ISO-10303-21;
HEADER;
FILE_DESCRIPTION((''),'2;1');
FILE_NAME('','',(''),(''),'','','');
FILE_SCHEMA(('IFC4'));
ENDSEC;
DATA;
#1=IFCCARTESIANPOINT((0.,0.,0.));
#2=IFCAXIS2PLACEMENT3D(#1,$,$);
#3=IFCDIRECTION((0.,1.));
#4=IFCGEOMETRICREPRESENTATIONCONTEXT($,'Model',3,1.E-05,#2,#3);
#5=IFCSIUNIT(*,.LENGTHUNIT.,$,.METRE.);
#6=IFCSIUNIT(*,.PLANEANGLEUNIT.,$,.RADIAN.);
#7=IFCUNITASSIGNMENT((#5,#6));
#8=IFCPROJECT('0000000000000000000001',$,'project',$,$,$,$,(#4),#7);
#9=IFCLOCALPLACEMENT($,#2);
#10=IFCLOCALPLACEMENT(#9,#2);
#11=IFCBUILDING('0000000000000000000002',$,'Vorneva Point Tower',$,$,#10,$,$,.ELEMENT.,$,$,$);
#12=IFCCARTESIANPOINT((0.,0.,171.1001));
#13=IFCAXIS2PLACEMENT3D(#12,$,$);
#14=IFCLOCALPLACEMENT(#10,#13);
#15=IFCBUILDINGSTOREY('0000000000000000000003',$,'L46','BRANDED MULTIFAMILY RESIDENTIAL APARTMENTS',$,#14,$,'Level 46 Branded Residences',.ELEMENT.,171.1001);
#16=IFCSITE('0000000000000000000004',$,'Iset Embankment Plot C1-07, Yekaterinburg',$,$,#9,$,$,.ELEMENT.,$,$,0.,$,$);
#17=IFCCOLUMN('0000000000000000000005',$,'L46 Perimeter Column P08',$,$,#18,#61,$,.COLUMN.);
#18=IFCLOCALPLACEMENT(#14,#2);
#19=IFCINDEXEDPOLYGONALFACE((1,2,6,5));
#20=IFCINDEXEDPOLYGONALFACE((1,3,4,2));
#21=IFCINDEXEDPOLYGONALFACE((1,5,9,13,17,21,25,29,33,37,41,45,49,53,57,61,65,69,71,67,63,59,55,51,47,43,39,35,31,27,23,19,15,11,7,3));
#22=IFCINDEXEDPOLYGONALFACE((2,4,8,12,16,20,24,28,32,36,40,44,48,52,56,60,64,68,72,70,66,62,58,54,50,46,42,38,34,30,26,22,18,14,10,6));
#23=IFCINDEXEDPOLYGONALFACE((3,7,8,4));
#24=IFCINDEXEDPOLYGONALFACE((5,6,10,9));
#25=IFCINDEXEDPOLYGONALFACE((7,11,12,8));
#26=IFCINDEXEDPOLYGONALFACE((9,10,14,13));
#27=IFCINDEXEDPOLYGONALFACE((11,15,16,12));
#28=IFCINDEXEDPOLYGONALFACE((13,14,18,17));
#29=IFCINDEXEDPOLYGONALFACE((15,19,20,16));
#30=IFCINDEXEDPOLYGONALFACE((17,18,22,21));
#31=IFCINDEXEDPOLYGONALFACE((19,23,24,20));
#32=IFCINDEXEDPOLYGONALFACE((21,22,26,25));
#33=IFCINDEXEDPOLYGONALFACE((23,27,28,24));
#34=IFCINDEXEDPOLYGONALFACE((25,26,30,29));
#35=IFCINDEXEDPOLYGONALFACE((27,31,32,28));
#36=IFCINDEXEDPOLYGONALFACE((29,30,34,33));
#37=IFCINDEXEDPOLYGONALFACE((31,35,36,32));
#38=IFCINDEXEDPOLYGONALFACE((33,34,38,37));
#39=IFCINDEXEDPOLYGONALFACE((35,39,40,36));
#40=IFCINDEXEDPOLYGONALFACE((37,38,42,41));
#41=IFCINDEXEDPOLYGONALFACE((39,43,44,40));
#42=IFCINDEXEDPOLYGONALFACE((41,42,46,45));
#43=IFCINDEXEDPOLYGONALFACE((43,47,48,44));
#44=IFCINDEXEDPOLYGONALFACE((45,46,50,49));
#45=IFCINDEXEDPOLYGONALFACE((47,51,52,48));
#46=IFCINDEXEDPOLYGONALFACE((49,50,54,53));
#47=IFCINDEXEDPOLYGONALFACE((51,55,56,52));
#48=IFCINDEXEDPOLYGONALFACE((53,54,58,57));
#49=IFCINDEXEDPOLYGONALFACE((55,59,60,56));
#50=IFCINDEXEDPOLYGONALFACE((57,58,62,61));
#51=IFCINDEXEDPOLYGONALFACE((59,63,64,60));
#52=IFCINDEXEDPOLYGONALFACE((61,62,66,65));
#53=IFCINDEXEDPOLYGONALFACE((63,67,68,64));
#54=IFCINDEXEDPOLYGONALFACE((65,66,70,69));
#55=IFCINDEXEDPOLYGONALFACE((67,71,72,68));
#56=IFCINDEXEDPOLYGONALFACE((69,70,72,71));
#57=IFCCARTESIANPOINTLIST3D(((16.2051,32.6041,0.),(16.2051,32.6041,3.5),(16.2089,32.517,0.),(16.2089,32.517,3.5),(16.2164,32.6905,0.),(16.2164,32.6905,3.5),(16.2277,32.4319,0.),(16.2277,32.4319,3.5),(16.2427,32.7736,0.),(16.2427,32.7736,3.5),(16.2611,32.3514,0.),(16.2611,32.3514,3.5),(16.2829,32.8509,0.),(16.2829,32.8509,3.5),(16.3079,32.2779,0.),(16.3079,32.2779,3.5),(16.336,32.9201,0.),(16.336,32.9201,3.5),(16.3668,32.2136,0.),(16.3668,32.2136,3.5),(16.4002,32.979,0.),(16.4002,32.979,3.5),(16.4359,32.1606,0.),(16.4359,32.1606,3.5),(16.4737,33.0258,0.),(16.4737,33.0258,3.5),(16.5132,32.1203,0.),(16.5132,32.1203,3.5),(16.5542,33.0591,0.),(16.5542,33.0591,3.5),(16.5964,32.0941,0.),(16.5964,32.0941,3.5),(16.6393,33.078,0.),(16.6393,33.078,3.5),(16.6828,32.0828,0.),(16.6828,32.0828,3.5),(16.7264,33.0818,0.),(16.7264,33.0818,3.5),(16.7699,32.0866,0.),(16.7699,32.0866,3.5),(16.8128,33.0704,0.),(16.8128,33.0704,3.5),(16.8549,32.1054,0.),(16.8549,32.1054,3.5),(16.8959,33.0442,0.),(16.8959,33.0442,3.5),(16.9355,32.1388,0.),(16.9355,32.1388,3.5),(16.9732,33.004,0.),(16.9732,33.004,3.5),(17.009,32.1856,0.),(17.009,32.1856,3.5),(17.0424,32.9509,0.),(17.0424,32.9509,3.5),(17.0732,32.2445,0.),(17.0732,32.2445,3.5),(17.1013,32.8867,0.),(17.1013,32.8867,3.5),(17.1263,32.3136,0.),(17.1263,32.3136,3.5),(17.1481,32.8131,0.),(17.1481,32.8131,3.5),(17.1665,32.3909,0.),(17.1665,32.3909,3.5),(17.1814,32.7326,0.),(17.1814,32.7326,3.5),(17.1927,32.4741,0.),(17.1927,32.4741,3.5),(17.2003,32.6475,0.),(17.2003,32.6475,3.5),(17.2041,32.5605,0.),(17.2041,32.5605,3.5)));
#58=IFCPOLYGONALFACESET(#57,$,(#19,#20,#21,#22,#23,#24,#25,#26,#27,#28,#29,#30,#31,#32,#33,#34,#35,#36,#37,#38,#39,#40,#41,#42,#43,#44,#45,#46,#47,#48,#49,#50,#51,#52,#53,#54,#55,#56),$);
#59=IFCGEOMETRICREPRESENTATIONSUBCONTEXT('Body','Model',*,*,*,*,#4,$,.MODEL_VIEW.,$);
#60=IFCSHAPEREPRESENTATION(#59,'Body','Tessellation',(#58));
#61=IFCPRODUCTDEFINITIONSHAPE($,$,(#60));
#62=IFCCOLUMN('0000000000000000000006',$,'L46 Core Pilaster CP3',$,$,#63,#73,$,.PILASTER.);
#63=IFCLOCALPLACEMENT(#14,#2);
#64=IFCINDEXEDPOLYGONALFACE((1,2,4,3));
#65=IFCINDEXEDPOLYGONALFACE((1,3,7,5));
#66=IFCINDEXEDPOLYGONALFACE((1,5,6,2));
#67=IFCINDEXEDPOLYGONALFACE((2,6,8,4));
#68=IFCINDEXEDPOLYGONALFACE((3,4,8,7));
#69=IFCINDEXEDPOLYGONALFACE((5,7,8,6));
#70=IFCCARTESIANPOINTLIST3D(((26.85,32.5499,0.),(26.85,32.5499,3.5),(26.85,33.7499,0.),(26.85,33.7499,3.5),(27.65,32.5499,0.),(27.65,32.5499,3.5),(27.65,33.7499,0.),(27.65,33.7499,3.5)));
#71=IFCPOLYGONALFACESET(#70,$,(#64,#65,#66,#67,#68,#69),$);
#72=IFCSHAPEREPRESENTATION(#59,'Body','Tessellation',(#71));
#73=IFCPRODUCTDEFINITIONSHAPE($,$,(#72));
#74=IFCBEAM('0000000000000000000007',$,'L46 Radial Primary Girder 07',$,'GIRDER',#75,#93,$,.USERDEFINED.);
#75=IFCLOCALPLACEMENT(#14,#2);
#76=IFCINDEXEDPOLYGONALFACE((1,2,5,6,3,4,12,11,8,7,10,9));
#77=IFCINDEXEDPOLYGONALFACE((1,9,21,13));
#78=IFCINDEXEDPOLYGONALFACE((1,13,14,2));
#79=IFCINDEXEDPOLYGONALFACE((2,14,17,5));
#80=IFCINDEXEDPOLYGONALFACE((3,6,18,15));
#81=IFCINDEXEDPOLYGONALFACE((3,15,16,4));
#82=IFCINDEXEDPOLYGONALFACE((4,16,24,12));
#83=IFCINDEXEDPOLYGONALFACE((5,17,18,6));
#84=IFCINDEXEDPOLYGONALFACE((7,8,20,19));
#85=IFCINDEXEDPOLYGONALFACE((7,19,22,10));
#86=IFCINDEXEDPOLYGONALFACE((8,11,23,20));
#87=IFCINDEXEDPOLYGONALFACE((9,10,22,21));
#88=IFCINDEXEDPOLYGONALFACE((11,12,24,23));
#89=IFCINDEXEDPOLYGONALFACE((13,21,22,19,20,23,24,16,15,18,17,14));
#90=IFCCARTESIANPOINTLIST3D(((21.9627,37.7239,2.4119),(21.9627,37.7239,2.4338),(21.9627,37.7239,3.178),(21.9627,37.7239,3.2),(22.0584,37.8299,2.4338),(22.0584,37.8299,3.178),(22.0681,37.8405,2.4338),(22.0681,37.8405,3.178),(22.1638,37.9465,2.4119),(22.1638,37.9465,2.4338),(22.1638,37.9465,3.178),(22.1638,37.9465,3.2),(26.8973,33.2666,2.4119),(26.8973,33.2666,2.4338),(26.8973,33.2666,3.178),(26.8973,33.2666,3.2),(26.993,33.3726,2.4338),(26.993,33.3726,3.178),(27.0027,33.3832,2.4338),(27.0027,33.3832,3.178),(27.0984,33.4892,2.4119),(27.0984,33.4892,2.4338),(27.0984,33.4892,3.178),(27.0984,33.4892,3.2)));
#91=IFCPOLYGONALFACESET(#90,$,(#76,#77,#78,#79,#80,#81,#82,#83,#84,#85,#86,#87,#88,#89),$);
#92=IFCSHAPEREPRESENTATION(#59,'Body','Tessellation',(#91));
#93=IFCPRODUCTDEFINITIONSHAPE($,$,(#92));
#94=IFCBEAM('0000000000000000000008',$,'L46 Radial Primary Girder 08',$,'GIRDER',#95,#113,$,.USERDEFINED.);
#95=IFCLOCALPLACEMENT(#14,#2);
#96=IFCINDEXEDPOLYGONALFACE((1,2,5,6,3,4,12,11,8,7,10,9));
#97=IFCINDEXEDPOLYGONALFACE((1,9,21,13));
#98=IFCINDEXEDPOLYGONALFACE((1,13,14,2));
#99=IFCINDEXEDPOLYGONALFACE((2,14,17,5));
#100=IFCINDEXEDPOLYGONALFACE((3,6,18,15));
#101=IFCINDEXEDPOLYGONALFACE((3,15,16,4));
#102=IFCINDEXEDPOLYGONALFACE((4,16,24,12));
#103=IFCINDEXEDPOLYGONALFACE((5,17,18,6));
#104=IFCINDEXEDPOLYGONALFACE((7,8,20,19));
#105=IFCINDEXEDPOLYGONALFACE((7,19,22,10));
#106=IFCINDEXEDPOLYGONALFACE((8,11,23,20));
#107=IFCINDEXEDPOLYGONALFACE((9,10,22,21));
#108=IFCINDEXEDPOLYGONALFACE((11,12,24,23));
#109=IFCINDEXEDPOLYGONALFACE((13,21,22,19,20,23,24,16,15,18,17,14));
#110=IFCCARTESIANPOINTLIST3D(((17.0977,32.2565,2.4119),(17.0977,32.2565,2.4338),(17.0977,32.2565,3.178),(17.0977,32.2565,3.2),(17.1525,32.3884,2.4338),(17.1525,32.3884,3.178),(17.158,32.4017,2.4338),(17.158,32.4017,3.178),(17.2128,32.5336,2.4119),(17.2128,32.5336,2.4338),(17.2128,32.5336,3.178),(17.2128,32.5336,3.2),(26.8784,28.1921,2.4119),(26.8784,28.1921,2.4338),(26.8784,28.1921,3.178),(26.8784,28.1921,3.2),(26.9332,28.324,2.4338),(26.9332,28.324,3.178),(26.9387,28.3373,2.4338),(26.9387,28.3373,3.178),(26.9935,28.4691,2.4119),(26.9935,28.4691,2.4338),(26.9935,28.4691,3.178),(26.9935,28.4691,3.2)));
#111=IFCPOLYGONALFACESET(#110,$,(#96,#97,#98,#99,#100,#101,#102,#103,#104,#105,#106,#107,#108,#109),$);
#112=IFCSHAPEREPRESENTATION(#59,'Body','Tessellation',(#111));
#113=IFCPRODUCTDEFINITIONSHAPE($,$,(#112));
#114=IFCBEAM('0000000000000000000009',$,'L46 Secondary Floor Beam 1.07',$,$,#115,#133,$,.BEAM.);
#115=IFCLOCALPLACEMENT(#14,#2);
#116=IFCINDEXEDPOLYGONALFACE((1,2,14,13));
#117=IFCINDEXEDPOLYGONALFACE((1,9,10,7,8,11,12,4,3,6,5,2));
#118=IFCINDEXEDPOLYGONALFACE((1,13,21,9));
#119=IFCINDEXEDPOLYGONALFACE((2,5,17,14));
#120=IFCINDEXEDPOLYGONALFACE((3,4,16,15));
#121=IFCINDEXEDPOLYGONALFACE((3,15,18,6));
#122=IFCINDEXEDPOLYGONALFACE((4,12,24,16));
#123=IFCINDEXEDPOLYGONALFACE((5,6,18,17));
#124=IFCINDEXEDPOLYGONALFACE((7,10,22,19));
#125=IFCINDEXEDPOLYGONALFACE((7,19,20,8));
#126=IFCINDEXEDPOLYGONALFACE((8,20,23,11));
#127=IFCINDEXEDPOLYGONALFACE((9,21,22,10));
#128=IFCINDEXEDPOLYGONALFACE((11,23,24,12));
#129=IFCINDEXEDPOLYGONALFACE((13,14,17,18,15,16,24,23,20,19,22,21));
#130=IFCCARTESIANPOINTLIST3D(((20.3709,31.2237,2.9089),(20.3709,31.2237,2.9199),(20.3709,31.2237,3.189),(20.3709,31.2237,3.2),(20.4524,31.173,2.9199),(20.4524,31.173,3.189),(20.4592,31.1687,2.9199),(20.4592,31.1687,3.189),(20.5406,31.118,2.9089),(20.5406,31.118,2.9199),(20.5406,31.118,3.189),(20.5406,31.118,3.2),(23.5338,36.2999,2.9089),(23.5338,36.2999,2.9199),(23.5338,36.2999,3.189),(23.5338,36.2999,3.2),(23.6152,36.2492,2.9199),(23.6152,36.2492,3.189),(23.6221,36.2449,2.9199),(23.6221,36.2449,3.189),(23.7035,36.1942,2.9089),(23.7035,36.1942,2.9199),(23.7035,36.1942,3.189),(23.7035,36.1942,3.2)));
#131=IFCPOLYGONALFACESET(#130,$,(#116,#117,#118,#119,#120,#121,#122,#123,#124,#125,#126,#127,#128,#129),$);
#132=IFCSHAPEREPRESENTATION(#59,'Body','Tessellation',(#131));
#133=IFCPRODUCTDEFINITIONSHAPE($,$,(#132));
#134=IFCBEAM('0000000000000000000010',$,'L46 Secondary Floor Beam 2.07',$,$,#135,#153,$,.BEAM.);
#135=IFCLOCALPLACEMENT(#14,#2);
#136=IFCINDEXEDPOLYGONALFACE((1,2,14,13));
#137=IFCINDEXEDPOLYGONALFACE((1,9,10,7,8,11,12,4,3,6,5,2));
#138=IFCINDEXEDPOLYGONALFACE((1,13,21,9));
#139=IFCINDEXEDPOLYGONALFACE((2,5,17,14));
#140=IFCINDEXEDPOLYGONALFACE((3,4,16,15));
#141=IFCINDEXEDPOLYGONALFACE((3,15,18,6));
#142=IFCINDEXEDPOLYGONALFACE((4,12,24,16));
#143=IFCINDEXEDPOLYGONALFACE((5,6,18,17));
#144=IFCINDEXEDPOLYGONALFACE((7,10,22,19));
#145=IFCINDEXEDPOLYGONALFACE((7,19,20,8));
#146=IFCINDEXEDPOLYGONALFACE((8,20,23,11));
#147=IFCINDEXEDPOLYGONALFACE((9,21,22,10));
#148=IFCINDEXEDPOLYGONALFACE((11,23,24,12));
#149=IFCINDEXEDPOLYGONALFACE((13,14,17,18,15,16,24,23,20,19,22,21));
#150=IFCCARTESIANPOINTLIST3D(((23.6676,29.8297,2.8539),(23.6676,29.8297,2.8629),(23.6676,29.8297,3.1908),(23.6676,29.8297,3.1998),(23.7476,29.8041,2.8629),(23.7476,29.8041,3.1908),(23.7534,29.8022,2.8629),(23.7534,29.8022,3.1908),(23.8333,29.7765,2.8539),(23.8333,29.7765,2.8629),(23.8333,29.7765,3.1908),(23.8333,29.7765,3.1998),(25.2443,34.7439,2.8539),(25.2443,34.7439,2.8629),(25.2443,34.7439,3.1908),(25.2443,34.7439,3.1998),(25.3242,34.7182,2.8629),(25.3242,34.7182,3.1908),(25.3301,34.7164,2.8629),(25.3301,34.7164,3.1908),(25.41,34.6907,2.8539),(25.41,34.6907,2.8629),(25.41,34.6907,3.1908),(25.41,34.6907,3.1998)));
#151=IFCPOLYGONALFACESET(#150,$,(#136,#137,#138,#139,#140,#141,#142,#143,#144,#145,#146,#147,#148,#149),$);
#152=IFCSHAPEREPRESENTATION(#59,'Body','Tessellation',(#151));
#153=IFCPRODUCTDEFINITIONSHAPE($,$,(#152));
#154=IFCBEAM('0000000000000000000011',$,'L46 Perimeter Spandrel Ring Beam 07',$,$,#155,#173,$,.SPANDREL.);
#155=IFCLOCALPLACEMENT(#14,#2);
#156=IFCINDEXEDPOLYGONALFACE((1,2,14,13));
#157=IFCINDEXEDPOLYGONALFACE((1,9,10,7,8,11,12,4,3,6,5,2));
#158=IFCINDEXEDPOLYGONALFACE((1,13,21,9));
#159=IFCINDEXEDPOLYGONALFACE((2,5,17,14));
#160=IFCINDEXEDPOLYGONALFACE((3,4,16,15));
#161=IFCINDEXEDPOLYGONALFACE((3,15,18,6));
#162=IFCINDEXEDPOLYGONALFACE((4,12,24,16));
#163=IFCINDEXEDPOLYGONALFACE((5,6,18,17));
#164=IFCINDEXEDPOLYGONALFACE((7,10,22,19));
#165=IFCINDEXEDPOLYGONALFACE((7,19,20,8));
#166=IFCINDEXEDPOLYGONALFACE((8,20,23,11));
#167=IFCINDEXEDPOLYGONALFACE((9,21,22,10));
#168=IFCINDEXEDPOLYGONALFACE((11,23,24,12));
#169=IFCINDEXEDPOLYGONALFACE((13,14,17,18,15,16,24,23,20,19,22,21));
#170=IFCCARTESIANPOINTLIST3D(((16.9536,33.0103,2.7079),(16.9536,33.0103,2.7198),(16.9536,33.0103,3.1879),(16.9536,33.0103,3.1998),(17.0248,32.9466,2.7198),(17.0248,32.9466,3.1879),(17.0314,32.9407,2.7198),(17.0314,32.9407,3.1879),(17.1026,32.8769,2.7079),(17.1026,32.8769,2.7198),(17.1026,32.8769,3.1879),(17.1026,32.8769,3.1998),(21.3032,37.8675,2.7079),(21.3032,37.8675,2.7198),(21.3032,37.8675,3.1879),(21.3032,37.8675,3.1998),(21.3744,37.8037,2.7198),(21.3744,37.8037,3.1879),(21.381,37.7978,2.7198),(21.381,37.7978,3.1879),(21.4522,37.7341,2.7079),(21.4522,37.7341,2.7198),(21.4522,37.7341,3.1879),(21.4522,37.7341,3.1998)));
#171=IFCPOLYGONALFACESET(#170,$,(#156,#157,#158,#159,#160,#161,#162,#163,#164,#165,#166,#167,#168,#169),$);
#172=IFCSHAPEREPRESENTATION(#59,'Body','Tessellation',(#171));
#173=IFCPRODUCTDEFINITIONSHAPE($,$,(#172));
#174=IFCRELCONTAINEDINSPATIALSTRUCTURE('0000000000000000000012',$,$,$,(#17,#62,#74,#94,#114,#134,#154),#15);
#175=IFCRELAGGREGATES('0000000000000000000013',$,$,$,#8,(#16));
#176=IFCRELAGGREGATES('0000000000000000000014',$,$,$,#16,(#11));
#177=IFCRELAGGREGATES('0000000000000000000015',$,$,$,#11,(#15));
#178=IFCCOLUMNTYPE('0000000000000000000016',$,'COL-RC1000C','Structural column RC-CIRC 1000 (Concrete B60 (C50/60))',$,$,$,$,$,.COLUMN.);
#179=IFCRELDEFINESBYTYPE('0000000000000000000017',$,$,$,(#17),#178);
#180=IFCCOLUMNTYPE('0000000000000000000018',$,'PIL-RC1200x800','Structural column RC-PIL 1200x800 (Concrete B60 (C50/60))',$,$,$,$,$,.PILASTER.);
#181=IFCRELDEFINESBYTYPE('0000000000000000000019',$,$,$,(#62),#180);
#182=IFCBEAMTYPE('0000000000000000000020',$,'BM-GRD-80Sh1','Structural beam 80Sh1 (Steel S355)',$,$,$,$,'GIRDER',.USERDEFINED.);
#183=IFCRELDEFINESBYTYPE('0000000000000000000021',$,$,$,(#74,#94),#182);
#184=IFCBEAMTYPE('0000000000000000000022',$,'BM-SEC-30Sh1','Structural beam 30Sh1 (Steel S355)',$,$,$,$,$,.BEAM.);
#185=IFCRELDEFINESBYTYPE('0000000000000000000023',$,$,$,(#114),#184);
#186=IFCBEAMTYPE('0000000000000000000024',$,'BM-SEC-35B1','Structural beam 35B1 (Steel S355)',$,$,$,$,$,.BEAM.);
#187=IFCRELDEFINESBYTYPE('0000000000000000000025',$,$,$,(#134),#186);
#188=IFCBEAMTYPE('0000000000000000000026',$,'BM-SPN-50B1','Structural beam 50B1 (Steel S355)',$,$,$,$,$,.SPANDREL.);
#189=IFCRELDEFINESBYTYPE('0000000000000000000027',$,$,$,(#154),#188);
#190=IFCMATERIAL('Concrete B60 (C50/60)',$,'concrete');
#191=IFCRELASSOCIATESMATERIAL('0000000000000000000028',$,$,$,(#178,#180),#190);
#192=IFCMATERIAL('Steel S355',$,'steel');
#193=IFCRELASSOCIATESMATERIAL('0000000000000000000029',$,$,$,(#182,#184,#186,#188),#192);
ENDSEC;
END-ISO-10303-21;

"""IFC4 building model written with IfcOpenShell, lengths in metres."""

from ifc_helpers import new_model, si_unit, direction, frame, origin, origin_2d, place, context, subcontext, project, spatial, rectangle, circle, i_section, extrude, material, material_profile, profile_set, type_object, element, save


model = new_model("IFC4")

# Units and contexts
model_context = context("Model", 3, precision=1e-05, world=origin(), true_north=direction((0.0, 1.0)))
body_context = subcontext(model_context, "Body", "Model", "MODEL_VIEW")
ifc_project = project(units=[si_unit("LENGTHUNIT", "METRE"), si_unit("PLANEANGLEUNIT", "RADIAN")], contexts=[model_context])

# Site, building, storey
site_placement = place(None, origin())
site = spatial("IfcSite", under=ifc_project, at=site_placement, Name="Iset Embankment Plot C1-07, Yekaterinburg", CompositionType="ELEMENT", RefElevation=0.0)
building_placement = place(site_placement, origin())
building = spatial("IfcBuilding", under=site, at=building_placement, Name="Vorneva Point Tower", CompositionType="ELEMENT")
storey_placement = place(building_placement, frame((0.0, 0.0, 171.1001)))
storey = spatial("IfcBuildingStorey", under=building, at=storey_placement, Name="L46", Description="BRANDED MULTIFAMILY RESIDENTIAL APARTMENTS", LongName="Level 46 Branded Residences", CompositionType="ELEMENT", Elevation=171.1001)

# Columns
ifc_material_1 = material(Name="Concrete B60 (C50/60)", Category="concrete")
ifc_material_profile_1 = material_profile(ifc_material_1, circle(Radius=0.5, at=origin_2d()), Name="RC-CIRC 1000")
ifc_profile_set_1 = profile_set([ifc_material_profile_1], Name="Concrete B60 (C50/60)")
column_type_1 = type_object("IfcColumnType", Name="COL-RC1000C", Description="Structural column RC-CIRC 1000 (Concrete B60 (C50/60))", PredefinedType="COLUMN", material=ifc_profile_set_1)
for number, where, z_axis, x_axis, name in (
    (1, (16.7046, 32.5823, 0.0), (0.0, 0.0, 1.0), (-0.92388, 0.382683, 0.0), "L46 Perimeter Column P08"),
):
    element("IfcColumn", number, at=place(storey_placement, frame(where, z_axis=z_axis, x_axis=x_axis)), inside=storey, type_object=column_type_1, Name=name, PredefinedType="COLUMN", context=body_context, shape_type="SweptSolid", body=[
        extrude(circle(Radius=0.5, at=origin_2d()), origin(), (0.0, 0.0, 1.0), 3.5),
    ])
ifc_material_profile_2 = material_profile(ifc_material_1, rectangle(XDim=0.8, YDim=1.2, at=origin_2d()), Name="RC-PIL 1200x800")
ifc_profile_set_2 = profile_set([ifc_material_profile_2], Name="Concrete B60 (C50/60)")
column_type_2 = type_object("IfcColumnType", Name="PIL-RC1200x800", Description="Structural column RC-PIL 1200x800 (Concrete B60 (C50/60))", PredefinedType="PILASTER", material=ifc_profile_set_2)
column_placement = place(storey_placement, frame((27.25, 33.1499, 0.0), z_axis=(0.0, 0.0, 1.0), x_axis=(1.0, 0.0, 0.0)))
element("IfcColumn", 2, at=column_placement, inside=storey, type_object=column_type_2, Name="L46 Core Pilaster CP3", PredefinedType="PILASTER", context=body_context, shape_type="SweptSolid", body=[
    extrude(rectangle(XDim=0.8, YDim=1.2, at=origin_2d()), origin(), (0.0, 0.0, 1.0), 3.5),
])

# Beams
ifc_material_2 = material(Name="Steel S355", Category="steel")
ifc_material_profile_3 = material_profile(ifc_material_2, i_section(OverallWidth=0.3, OverallDepth=0.7881, WebThickness=0.0144, FlangeThickness=0.022, at=origin_2d()), Name="80Sh1")
ifc_profile_set_3 = profile_set([ifc_material_profile_3], Name="Steel S355")
beam_type_1 = type_object("IfcBeamType", Name="BM-GRD-80Sh1", Description="Structural beam 80Sh1 (Steel S355)", ElementType="GIRDER", PredefinedType="USERDEFINED", material=ifc_profile_set_3)
beam_1_placement = place(storey_placement, frame((22.0632, 37.8352, 2.8059), z_axis=(0.742084, -0.670306, 0.0), x_axis=(0.670306, 0.742084, 0.0)))
element("IfcBeam", 3, at=beam_1_placement, inside=storey, type_object=beam_type_1, Name="L46 Radial Primary Girder 07", ObjectType="GIRDER", PredefinedType="USERDEFINED", context=body_context, shape_type="SweptSolid", body=[
    extrude(i_section(OverallWidth=0.3, OverallDepth=0.7881, WebThickness=0.0144, FlangeThickness=0.022, at=origin_2d()), origin(), (0.0, 0.0, 1.0), 6.6497),
])
beam_2_placement = place(storey_placement, frame((17.1553, 32.395, 2.8059), z_axis=(0.923441, -0.383741, 0.0), x_axis=(0.383741, 0.923441, 0.0)))
element("IfcBeam", 4, at=beam_2_placement, inside=storey, type_object=beam_type_1, Name="L46 Radial Primary Girder 08", ObjectType="GIRDER", PredefinedType="USERDEFINED", context=body_context, shape_type="SweptSolid", body=[
    extrude(i_section(OverallWidth=0.3, OverallDepth=0.7881, WebThickness=0.0144, FlangeThickness=0.022, at=origin_2d()), origin(), (0.0, 0.0, 1.0), 10.5916),
])
ifc_material_profile_4 = material_profile(ifc_material_2, i_section(OverallWidth=0.2, OverallDepth=0.291, WebThickness=0.0081, FlangeThickness=0.011, at=origin_2d()), Name="30Sh1")
ifc_profile_set_4 = profile_set([ifc_material_profile_4], Name="Steel S355")
beam_type_2 = type_object("IfcBeamType", Name="BM-SEC-30Sh1", Description="Structural beam 30Sh1 (Steel S355)", PredefinedType="BEAM", material=ifc_profile_set_4)
beam_3_placement = place(storey_placement, frame((23.6187, 36.2471, 3.0544), z_axis=(-0.528824, -0.848731, 0.0), x_axis=(0.848731, -0.528824, 0.0)))
element("IfcBeam", 5, at=beam_3_placement, inside=storey, type_object=beam_type_2, Name="L46 Secondary Floor Beam 1.07", PredefinedType="BEAM", context=body_context, shape_type="SweptSolid", body=[
    extrude(i_section(OverallWidth=0.2, OverallDepth=0.291, WebThickness=0.0081, FlangeThickness=0.011, at=origin_2d()), origin(), (0.0, 0.0, 1.0), 5.981),
])
ifc_material_profile_5 = material_profile(ifc_material_2, i_section(OverallWidth=0.1741, OverallDepth=0.3459, WebThickness=0.0061, FlangeThickness=0.009, at=origin_2d()), Name="35B1")
ifc_profile_set_5 = profile_set([ifc_material_profile_5], Name="Steel S355")
beam_type_3 = type_object("IfcBeamType", Name="BM-SEC-35B1", Description="Structural beam 35B1 (Steel S355)", PredefinedType="BEAM", material=ifc_profile_set_5)
beam_4_placement = place(storey_placement, frame((25.3271, 34.7173, 3.0269), z_axis=(-0.305507, -0.95219, 0.0), x_axis=(0.95219, -0.305507, 0.0)))
element("IfcBeam", 6, at=beam_4_placement, inside=storey, type_object=beam_type_3, Name="L46 Secondary Floor Beam 2.07", PredefinedType="BEAM", context=body_context, shape_type="SweptSolid", body=[
    extrude(i_section(OverallWidth=0.1741, OverallDepth=0.3459, WebThickness=0.0061, FlangeThickness=0.009, at=origin_2d()), origin(), (0.0, 0.0, 1.0), 5.1609),
])
ifc_material_profile_6 = material_profile(ifc_material_2, i_section(OverallWidth=0.2, OverallDepth=0.4919, WebThickness=0.0088, FlangeThickness=0.012, at=origin_2d()), Name="50B1")
ifc_profile_set_6 = profile_set([ifc_material_profile_6], Name="Steel S355")
beam_type_4 = type_object("IfcBeamType", Name="BM-SPN-50B1", Description="Structural beam 50B1 (Steel S355)", PredefinedType="SPANDREL", material=ifc_profile_set_6)
beam_5_placement = place(storey_placement, frame((21.3777, 37.8008, 2.9539), z_axis=(-0.667111, -0.744958, 0.0), x_axis=(0.744958, -0.667111, 0.0)))
element("IfcBeam", 7, at=beam_5_placement, inside=storey, type_object=beam_type_4, Name="L46 Perimeter Spandrel Ring Beam 07", PredefinedType="SPANDREL", context=body_context, shape_type="SweptSolid", body=[
    extrude(i_section(OverallWidth=0.2, OverallDepth=0.4919, WebThickness=0.0088, FlangeThickness=0.012, at=origin_2d()), origin(), (0.0, 0.0, 1.0), 6.52),
])

save(model, "model.ifc")
